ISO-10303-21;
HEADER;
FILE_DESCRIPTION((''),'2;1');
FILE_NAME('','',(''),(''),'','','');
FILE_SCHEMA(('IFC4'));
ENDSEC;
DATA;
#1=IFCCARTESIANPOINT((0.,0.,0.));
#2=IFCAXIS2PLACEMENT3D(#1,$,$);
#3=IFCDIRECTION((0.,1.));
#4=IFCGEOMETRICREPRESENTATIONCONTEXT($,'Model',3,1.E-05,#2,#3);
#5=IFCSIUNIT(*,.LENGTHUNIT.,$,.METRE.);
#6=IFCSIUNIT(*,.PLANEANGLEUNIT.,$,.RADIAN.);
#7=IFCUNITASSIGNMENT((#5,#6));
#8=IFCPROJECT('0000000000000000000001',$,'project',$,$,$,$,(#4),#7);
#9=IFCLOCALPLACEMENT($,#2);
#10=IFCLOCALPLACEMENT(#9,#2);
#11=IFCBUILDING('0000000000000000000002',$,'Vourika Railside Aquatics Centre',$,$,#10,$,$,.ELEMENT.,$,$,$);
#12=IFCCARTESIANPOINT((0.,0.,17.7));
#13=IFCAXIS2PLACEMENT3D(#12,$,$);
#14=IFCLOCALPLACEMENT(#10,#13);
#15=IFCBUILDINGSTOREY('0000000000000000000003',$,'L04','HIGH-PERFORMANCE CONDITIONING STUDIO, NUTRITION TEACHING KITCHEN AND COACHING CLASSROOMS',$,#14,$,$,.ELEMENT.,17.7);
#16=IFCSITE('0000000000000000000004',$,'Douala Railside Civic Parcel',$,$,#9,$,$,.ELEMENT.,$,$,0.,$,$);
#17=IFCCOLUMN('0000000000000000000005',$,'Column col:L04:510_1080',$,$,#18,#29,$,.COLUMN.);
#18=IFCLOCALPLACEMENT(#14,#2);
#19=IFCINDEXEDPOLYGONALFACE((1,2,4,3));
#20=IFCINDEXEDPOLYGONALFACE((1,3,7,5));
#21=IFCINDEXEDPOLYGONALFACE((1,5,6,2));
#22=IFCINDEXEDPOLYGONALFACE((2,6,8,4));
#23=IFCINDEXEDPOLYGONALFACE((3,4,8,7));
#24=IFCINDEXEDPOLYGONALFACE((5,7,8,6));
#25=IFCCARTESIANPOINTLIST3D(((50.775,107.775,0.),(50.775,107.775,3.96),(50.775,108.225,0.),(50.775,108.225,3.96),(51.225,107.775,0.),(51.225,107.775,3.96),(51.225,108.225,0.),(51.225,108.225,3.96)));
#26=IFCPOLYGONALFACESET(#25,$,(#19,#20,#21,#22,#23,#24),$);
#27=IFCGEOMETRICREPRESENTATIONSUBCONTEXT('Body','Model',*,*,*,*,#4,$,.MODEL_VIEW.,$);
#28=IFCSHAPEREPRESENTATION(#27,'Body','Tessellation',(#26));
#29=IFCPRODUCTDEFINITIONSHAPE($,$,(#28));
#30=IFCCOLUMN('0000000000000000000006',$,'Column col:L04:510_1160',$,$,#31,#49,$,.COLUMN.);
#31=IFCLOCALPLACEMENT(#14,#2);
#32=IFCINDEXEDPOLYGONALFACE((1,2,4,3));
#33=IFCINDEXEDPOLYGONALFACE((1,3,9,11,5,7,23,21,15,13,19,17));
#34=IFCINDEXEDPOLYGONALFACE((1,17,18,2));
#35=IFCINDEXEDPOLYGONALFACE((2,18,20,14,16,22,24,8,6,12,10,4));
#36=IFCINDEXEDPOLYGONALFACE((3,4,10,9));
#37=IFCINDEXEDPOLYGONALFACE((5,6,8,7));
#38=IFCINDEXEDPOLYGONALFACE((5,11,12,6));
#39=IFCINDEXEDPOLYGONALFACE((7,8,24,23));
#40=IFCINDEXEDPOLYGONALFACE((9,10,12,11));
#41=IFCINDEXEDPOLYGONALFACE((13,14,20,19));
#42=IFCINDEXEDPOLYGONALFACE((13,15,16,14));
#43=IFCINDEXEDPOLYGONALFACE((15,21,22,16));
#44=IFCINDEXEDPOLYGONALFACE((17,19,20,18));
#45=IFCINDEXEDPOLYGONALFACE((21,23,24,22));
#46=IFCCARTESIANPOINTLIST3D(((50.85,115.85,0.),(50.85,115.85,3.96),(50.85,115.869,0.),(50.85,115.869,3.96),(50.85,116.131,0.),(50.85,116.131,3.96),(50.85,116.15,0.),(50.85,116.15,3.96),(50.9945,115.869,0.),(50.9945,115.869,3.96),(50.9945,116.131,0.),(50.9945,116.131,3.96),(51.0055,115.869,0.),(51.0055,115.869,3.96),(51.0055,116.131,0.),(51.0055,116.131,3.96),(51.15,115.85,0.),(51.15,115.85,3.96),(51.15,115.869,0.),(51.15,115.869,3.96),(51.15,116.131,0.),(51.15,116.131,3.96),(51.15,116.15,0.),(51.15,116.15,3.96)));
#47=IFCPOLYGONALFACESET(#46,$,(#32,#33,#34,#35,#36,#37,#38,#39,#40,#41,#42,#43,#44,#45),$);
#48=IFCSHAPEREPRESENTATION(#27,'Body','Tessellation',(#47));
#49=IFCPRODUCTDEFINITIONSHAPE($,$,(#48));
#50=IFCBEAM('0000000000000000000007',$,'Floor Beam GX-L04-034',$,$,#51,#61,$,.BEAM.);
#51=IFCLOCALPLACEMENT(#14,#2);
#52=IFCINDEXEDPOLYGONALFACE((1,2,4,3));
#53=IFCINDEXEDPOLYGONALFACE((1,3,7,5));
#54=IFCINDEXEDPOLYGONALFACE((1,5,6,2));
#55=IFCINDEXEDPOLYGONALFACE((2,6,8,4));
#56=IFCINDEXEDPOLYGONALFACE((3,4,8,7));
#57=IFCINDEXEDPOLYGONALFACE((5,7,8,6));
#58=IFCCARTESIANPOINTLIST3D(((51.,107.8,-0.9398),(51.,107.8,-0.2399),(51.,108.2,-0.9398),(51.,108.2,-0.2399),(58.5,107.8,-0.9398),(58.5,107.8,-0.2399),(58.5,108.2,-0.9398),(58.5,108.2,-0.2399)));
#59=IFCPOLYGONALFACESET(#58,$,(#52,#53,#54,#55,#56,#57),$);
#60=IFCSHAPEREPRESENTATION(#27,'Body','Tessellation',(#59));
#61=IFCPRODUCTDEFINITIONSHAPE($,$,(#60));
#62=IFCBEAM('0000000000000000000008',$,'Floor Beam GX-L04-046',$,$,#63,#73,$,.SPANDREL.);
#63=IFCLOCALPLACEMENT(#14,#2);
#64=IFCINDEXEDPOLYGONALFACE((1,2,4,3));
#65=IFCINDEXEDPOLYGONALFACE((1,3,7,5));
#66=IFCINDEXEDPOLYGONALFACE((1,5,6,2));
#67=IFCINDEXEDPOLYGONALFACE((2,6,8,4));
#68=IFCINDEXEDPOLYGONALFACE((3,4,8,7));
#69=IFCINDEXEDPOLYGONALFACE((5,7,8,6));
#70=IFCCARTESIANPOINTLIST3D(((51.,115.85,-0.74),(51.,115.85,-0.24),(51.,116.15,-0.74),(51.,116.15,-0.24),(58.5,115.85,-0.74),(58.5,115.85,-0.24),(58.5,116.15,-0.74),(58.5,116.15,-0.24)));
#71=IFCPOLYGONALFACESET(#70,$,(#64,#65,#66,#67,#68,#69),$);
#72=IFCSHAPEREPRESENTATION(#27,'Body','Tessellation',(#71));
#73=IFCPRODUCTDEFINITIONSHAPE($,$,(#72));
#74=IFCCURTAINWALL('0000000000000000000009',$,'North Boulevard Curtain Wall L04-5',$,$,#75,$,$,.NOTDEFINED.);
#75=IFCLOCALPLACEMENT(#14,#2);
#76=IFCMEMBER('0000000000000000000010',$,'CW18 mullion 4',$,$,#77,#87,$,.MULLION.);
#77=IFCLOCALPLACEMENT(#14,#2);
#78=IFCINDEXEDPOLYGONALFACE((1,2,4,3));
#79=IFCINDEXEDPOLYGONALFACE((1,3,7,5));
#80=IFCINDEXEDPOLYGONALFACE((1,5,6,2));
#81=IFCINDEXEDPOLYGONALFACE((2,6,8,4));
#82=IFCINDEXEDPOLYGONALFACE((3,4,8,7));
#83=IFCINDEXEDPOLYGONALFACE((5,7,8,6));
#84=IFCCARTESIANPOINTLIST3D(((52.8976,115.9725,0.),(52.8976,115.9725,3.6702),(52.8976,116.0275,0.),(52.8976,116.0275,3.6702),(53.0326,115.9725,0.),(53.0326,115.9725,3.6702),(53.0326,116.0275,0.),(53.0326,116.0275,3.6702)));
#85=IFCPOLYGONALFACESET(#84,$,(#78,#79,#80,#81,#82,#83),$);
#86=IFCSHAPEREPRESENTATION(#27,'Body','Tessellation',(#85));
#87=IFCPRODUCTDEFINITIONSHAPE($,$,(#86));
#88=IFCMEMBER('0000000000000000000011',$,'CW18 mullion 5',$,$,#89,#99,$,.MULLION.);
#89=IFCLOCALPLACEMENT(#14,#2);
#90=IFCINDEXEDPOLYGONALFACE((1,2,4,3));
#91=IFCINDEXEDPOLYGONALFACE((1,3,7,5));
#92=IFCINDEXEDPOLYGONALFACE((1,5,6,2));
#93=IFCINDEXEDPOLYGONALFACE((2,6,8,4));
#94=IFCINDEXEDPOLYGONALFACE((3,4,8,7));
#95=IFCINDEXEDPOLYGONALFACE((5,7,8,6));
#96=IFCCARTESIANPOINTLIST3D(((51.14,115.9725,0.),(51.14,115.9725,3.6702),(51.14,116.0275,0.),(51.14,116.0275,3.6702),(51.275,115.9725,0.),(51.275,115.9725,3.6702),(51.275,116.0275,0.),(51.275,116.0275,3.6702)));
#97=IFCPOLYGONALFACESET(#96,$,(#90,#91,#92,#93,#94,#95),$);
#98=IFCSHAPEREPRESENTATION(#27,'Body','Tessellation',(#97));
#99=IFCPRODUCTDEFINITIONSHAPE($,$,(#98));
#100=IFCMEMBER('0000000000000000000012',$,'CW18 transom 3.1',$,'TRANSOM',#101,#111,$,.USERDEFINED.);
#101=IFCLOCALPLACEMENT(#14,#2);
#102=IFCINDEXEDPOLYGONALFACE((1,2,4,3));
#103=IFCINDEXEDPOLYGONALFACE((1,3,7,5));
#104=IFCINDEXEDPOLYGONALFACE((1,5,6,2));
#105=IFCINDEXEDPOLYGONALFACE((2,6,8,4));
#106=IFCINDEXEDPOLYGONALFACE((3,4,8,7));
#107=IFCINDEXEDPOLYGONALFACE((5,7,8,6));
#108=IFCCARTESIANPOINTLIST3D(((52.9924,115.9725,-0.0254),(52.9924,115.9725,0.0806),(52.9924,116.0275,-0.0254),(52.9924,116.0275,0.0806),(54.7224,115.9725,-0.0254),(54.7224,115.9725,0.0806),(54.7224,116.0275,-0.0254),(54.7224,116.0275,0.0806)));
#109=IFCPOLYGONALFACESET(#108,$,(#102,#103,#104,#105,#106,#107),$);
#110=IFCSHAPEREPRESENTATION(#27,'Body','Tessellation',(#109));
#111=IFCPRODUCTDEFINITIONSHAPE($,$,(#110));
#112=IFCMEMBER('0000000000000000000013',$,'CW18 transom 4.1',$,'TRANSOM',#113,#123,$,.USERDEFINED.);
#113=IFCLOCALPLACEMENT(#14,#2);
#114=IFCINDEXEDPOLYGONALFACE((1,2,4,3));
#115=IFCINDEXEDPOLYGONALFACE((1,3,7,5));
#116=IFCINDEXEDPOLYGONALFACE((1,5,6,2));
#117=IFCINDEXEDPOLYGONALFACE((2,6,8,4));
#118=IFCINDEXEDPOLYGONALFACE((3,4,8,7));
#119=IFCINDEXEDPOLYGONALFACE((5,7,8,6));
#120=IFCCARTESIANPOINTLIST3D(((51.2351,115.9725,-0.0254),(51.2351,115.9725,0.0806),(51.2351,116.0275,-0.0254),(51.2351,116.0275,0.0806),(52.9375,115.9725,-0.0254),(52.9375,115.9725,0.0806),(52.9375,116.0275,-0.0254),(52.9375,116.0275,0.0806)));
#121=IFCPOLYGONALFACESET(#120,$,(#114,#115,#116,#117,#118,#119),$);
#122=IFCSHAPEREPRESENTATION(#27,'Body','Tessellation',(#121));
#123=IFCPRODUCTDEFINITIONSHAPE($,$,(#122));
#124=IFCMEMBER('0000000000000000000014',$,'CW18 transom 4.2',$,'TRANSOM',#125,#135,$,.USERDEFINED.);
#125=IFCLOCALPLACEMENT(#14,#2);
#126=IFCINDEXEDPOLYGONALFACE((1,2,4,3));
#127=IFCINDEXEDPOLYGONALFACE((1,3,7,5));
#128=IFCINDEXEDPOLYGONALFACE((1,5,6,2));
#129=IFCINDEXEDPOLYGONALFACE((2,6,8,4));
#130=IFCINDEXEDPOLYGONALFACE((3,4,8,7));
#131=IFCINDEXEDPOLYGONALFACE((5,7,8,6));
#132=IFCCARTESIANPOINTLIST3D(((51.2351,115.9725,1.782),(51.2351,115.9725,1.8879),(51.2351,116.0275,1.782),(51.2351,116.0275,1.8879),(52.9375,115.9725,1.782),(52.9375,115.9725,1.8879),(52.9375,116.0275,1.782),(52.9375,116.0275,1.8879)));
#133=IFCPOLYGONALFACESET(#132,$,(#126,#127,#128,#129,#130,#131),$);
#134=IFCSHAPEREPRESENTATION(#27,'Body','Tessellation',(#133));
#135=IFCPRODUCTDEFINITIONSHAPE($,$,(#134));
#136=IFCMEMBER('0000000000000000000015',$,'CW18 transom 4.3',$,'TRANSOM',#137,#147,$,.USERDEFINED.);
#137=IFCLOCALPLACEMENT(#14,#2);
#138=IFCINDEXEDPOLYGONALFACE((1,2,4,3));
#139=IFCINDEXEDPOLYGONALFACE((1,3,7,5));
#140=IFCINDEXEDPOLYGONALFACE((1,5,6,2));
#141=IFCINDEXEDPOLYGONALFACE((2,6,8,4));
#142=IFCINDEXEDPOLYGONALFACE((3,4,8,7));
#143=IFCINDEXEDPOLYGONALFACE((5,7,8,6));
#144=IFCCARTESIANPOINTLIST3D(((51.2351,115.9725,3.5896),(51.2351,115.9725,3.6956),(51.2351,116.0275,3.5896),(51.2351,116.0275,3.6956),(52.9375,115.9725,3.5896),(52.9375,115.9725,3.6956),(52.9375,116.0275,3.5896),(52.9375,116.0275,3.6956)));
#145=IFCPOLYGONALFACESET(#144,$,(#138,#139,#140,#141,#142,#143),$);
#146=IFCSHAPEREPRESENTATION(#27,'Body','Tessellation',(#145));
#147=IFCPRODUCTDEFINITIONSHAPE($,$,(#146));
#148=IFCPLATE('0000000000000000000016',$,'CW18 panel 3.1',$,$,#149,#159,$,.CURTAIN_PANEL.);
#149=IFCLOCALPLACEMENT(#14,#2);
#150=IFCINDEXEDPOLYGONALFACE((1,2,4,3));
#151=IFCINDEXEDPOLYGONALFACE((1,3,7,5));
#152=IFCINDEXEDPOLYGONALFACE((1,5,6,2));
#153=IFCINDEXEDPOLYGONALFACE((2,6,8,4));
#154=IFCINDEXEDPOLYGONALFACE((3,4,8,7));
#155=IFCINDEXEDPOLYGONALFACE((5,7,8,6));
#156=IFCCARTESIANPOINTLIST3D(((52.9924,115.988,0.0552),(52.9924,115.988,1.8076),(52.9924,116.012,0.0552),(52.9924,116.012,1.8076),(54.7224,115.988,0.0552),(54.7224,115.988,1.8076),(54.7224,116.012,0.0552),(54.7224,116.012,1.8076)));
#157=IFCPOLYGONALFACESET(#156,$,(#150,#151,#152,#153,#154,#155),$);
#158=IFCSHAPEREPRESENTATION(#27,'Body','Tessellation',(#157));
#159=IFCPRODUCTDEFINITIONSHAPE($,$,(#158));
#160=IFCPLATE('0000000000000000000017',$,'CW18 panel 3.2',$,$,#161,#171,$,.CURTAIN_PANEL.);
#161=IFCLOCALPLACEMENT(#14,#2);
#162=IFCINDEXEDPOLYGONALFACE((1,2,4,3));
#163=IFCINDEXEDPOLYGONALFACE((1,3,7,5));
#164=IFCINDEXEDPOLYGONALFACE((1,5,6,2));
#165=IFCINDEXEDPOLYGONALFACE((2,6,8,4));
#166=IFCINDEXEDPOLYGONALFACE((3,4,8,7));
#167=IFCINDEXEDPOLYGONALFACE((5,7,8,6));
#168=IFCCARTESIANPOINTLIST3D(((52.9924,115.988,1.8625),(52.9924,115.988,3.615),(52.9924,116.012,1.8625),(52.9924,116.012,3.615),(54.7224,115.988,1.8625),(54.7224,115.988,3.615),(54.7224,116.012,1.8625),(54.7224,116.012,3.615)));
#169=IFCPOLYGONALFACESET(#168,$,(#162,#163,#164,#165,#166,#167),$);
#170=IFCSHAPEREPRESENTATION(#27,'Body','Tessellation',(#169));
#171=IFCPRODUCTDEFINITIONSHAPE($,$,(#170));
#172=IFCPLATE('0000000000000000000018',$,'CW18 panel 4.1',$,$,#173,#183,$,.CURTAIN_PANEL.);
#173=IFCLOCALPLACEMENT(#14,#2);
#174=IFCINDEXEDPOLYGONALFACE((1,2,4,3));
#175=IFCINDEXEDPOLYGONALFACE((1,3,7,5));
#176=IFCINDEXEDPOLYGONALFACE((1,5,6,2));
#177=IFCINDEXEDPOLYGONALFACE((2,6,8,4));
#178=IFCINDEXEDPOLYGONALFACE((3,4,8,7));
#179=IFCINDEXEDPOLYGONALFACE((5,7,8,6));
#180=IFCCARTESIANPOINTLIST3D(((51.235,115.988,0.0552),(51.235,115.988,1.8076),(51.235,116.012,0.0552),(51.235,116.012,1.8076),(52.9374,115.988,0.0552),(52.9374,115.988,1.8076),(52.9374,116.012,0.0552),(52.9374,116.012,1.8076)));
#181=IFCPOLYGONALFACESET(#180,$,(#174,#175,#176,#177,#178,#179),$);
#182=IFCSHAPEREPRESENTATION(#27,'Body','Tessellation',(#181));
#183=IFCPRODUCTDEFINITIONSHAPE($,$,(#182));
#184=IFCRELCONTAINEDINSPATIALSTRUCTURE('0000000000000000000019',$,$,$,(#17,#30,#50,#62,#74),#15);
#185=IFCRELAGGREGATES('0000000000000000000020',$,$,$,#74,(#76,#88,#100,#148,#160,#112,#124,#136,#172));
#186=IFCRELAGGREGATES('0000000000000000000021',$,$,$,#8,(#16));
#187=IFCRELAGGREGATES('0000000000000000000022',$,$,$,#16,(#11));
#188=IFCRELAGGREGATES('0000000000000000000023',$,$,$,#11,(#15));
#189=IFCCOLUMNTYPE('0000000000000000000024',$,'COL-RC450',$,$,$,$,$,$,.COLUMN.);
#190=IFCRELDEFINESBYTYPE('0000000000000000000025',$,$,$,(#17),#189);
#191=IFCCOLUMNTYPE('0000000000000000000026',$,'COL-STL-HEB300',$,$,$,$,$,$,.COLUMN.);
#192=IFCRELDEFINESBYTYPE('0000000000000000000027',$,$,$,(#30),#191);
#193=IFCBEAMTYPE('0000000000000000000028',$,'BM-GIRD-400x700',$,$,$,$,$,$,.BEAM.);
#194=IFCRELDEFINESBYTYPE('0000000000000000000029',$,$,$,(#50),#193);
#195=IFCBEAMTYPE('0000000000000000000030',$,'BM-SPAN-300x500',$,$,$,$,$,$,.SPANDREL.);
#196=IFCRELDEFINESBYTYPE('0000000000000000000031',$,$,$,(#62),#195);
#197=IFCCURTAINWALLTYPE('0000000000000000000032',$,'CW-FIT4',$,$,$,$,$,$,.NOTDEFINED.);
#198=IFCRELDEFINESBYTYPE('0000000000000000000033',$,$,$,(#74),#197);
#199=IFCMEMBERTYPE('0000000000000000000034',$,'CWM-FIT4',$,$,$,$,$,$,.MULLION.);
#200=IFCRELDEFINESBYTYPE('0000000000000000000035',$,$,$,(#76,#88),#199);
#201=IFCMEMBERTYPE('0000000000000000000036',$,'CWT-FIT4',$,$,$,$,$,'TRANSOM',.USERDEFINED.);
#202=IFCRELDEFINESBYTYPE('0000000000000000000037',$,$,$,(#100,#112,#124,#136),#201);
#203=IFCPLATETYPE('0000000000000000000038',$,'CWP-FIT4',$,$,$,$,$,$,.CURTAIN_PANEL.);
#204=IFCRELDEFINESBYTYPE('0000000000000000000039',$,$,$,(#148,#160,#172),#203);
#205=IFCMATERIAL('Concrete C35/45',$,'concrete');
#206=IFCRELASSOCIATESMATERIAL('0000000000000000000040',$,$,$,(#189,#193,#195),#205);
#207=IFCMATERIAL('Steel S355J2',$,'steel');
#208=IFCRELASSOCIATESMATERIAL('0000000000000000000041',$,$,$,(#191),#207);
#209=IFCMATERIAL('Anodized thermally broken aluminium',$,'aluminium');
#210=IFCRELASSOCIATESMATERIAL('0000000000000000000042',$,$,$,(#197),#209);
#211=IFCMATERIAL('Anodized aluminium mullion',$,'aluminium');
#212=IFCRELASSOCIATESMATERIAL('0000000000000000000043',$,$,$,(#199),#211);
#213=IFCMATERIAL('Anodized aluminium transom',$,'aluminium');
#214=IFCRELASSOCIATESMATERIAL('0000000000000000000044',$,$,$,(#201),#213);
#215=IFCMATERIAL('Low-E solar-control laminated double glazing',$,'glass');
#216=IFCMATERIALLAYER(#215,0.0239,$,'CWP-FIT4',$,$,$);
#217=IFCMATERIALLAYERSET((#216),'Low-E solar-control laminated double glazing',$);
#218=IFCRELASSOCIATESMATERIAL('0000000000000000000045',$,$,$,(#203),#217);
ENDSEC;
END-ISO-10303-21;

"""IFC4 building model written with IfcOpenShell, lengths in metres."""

from ifc_helpers import new_model, si_unit, direction, frame, origin, origin_2d, place, context, subcontext, project, spatial, rectangle, i_section, extrude, material, layer, layer_set, material_profile, profile_set, type_object, element, aggregate, save


model = new_model("IFC4")

# Units and contexts
model_context = context("Model", 3, precision=1e-05, world=origin(), true_north=direction((0.0, 1.0)))
body_context = subcontext(model_context, "Body", "Model", "MODEL_VIEW")
ifc_project = project(units=[si_unit("LENGTHUNIT", "METRE"), si_unit("PLANEANGLEUNIT", "RADIAN")], contexts=[model_context])

# Site, building, storey
site_placement = place(None, origin())
site = spatial("IfcSite", under=ifc_project, at=site_placement, Name="Douala Railside Civic Parcel", CompositionType="ELEMENT", RefElevation=0.0)
building_placement = place(site_placement, origin())
building = spatial("IfcBuilding", under=site, at=building_placement, Name="Vourika Railside Aquatics Centre", CompositionType="ELEMENT")
storey_placement = place(building_placement, frame((0.0, 0.0, 17.7)))
storey = spatial("IfcBuildingStorey", under=building, at=storey_placement, Name="L04", Description="HIGH-PERFORMANCE CONDITIONING STUDIO, NUTRITION TEACHING KITCHEN AND COACHING CLASSROOMS", CompositionType="ELEMENT", Elevation=17.7)

# Columns
ifc_material_1 = material(Name="Concrete C35/45", Category="concrete")
ifc_material_profile_1 = material_profile(ifc_material_1, rectangle(XDim=0.45, YDim=0.45, at=origin_2d()), Name="RC 450x450")
ifc_profile_set_1 = profile_set([ifc_material_profile_1], Name="Concrete C35/45")
column_type_1 = type_object("IfcColumnType", Name="COL-RC450", PredefinedType="COLUMN", material=ifc_profile_set_1)
column_1_placement = place(storey_placement, frame((51.0, 108.0, 0.0), z_axis=(0.0, 0.0, 1.0), x_axis=(1.0, 0.0, 0.0)))
element("IfcColumn", 1, at=column_1_placement, inside=storey, type_object=column_type_1, Name="Column col:L04:510_1080", PredefinedType="COLUMN", context=body_context, shape_type="SweptSolid", body=[
    extrude(rectangle(XDim=0.45, YDim=0.45, at=origin_2d()), origin(), (0.0, 0.0, 1.0), 3.96),
])
ifc_material_2 = material(Name="Steel S355J2", Category="steel")
ifc_material_profile_2 = material_profile(ifc_material_2, i_section(OverallWidth=0.3, OverallDepth=0.3, WebThickness=0.011, FlangeThickness=0.019, at=origin_2d()), Name="HEB 300")
ifc_profile_set_2 = profile_set([ifc_material_profile_2], Name="Steel S355J2")
column_type_2 = type_object("IfcColumnType", Name="COL-STL-HEB300", PredefinedType="COLUMN", material=ifc_profile_set_2)
column_2_placement = place(storey_placement, frame((51.0, 116.0, 0.0), z_axis=(0.0, 0.0, 1.0), x_axis=(1.0, 0.0, 0.0)))
element("IfcColumn", 2, at=column_2_placement, inside=storey, type_object=column_type_2, Name="Column col:L04:510_1160", PredefinedType="COLUMN", context=body_context, shape_type="SweptSolid", body=[
    extrude(i_section(OverallWidth=0.3, OverallDepth=0.3, WebThickness=0.011, FlangeThickness=0.019, at=origin_2d()), origin(), (0.0, 0.0, 1.0), 3.96),
])

# Beams
ifc_material_profile_3 = material_profile(ifc_material_1, rectangle(XDim=0.3999, YDim=0.7, at=origin_2d()), Name="RC 400x700")
ifc_profile_set_3 = profile_set([ifc_material_profile_3], Name="Concrete C35/45")
beam_type_1 = type_object("IfcBeamType", Name="BM-GIRD-400x700", PredefinedType="BEAM", material=ifc_profile_set_3)
beam_1_placement = place(storey_placement, frame((51.0, 108.0, -0.5898), z_axis=(1.0, 0.0, 0.0), x_axis=(0.0, 1.0, 0.0)))
element("IfcBeam", 3, at=beam_1_placement, inside=storey, type_object=beam_type_1, Name="Floor Beam GX-L04-034", PredefinedType="BEAM", context=body_context, shape_type="SweptSolid", body=[
    extrude(rectangle(XDim=0.3999, YDim=0.7, at=origin_2d()), origin(), (0.0, 0.0, 1.0), 7.5),
])
ifc_material_profile_4 = material_profile(ifc_material_1, rectangle(XDim=0.3, YDim=0.5, at=origin_2d()), Name="RC 300x500")
ifc_profile_set_4 = profile_set([ifc_material_profile_4], Name="Concrete C35/45")
beam_type_2 = type_object("IfcBeamType", Name="BM-SPAN-300x500", PredefinedType="SPANDREL", material=ifc_profile_set_4)
beam_2_placement = place(storey_placement, frame((51.0, 116.0, -0.49), z_axis=(1.0, 0.0, 0.0), x_axis=(0.0, 1.0, 0.0)))
element("IfcBeam", 4, at=beam_2_placement, inside=storey, type_object=beam_type_2, Name="Floor Beam GX-L04-046", PredefinedType="SPANDREL", context=body_context, shape_type="SweptSolid", body=[
    extrude(rectangle(XDim=0.3, YDim=0.5, at=origin_2d()), origin(), (0.0, 0.0, 1.0), 7.5),
])

# Curtain wall, members, plates
ifc_material_3 = material(Name="Anodized thermally broken aluminium", Category="aluminium")
curtain_wall_type = type_object("IfcCurtainWallType", Name="CW-FIT4", PredefinedType="NOTDEFINED", material=ifc_material_3)
curtain_wall_placement = place(storey_placement, origin())
curtain_wall = element("IfcCurtainWall", 5, at=curtain_wall_placement, inside=storey, type_object=curtain_wall_type, Name="North Boulevard Curtain Wall L04-5", PredefinedType="NOTDEFINED")
ifc_material_4 = material(Name="Anodized aluminium mullion", Category="aluminium")
ifc_material_profile_5 = material_profile(ifc_material_4, rectangle(XDim=0.0549, YDim=0.135, at=origin_2d()), Name="ALU-M 55x135")
ifc_profile_set_5 = profile_set([ifc_material_profile_5], Name="Anodized aluminium mullion")
member_type_1 = type_object("IfcMemberType", Name="CWM-FIT4", PredefinedType="MULLION", material=ifc_profile_set_5)
member_1_placement = place(storey_placement, frame((52.9651, 116.0, 0.0), z_axis=(0.0, 0.0, 1.0), x_axis=(0.0, -1.0, 0.0)))
member_1 = element("IfcMember", 6, at=member_1_placement, type_object=member_type_1, Name="CW18 mullion 4", PredefinedType="MULLION", context=body_context, shape_type="SweptSolid", body=[
    extrude(rectangle(XDim=0.0549, YDim=0.135, at=origin_2d()), origin(), (0.0, 0.0, 1.0), 3.6702),
])
member_2_placement = place(storey_placement, frame((51.2075, 116.0, 0.0), z_axis=(0.0, 0.0, 1.0), x_axis=(0.0, -1.0, 0.0)))
member_2 = element("IfcMember", 7, at=member_2_placement, type_object=member_type_1, Name="CW18 mullion 5", PredefinedType="MULLION", context=body_context, shape_type="SweptSolid", body=[
    extrude(rectangle(XDim=0.0549, YDim=0.135, at=origin_2d()), origin(), (0.0, 0.0, 1.0), 3.6702),
])
ifc_material_5 = material(Name="Anodized aluminium transom", Category="aluminium")
ifc_material_profile_6 = material_profile(ifc_material_5, rectangle(XDim=0.0549, YDim=0.106, at=origin_2d()), Name="ALU-T 55x106")
ifc_profile_set_6 = profile_set([ifc_material_profile_6], Name="Anodized aluminium transom")
member_type_2 = type_object("IfcMemberType", Name="CWT-FIT4", ElementType="TRANSOM", PredefinedType="USERDEFINED", material=ifc_profile_set_6)
member_3_placement = place(storey_placement, frame((54.7224, 116.0, 0.0276), z_axis=(-1.0, 0.0, 0.0), x_axis=(0.0, -1.0, 0.0)))
member_3 = element("IfcMember", 8, at=member_3_placement, type_object=member_type_2, Name="CW18 transom 3.1", ObjectType="TRANSOM", PredefinedType="USERDEFINED", context=body_context, shape_type="SweptSolid", body=[
    extrude(rectangle(XDim=0.0549, YDim=0.106, at=origin_2d()), origin(), (0.0, 0.0, 1.0), 1.73),
])
member_4_placement = place(storey_placement, frame((52.9375, 116.0, 0.0276), z_axis=(-1.0, 0.0, 0.0), x_axis=(0.0, -1.0, 0.0)))
member_4 = element("IfcMember", 9, at=member_4_placement, type_object=member_type_2, Name="CW18 transom 4.1", ObjectType="TRANSOM", PredefinedType="USERDEFINED", context=body_context, shape_type="SweptSolid", body=[
    extrude(rectangle(XDim=0.0549, YDim=0.106, at=origin_2d()), origin(), (0.0, 0.0, 1.0), 1.7024),
])
member_5_placement = place(storey_placement, frame((52.9375, 116.0, 1.835), z_axis=(-1.0, 0.0, 0.0), x_axis=(0.0, -1.0, 0.0)))
member_5 = element("IfcMember", 10, at=member_5_placement, type_object=member_type_2, Name="CW18 transom 4.2", ObjectType="TRANSOM", PredefinedType="USERDEFINED", context=body_context, shape_type="SweptSolid", body=[
    extrude(rectangle(XDim=0.0549, YDim=0.106, at=origin_2d()), origin(), (0.0, 0.0, 1.0), 1.7024),
])
member_6_placement = place(storey_placement, frame((52.9375, 116.0, 3.6426), z_axis=(-1.0, 0.0, 0.0), x_axis=(0.0, -1.0, 0.0)))
member_6 = element("IfcMember", 11, at=member_6_placement, type_object=member_type_2, Name="CW18 transom 4.3", ObjectType="TRANSOM", PredefinedType="USERDEFINED", context=body_context, shape_type="SweptSolid", body=[
    extrude(rectangle(XDim=0.0549, YDim=0.106, at=origin_2d()), origin(), (0.0, 0.0, 1.0), 1.7024),
])
ifc_material_6 = material(Name="Low-E solar-control laminated double glazing", Category="glass")
ifc_layer_1 = layer(ifc_material_6, 0.0239, Name="CWP-FIT4")
ifc_layer_set_1 = layer_set([ifc_layer_1], Name="Low-E solar-control laminated double glazing")
plate_type_1 = type_object("IfcPlateType", Name="CWP-FIT4", PredefinedType="CURTAIN_PANEL", material=ifc_layer_set_1)
plate_1_placement = place(storey_placement, frame((53.8574, 116.0, 0.0552), z_axis=(0.0, 0.0, 1.0), x_axis=(-1.0, 0.0, 0.0)))
plate_1 = element("IfcPlate", 12, at=plate_1_placement, type_object=plate_type_1, Name="CW18 panel 3.1", PredefinedType="CURTAIN_PANEL", context=body_context, shape_type="SweptSolid", body=[
    extrude(rectangle(XDim=1.73, YDim=0.0239, at=origin_2d()), origin(), (0.0, 0.0, 1.0), 1.7524),
])
plate_2_placement = place(storey_placement, frame((53.8574, 116.0, 1.8625), z_axis=(0.0, 0.0, 1.0), x_axis=(-1.0, 0.0, 0.0)))
plate_2 = element("IfcPlate", 13, at=plate_2_placement, type_object=plate_type_1, Name="CW18 panel 3.2", PredefinedType="CURTAIN_PANEL", context=body_context, shape_type="SweptSolid", body=[
    extrude(rectangle(XDim=1.73, YDim=0.0239, at=origin_2d()), origin(), (0.0, 0.0, 1.0), 1.7524),
])
plate_3_placement = place(storey_placement, frame((52.0862, 116.0, 0.0552), z_axis=(0.0, 0.0, 1.0), x_axis=(-1.0, 0.0, 0.0)))
plate_3 = element("IfcPlate", 14, at=plate_3_placement, type_object=plate_type_1, Name="CW18 panel 4.1", PredefinedType="CURTAIN_PANEL", context=body_context, shape_type="SweptSolid", body=[
    extrude(rectangle(XDim=1.7024, YDim=0.0239, at=origin_2d()), origin(), (0.0, 0.0, 1.0), 1.7524),
])
aggregate(curtain_wall, [member_1, member_2, member_3, plate_1, plate_2, member_4, member_5, member_6, plate_3])

save(model, "model.ifc")
